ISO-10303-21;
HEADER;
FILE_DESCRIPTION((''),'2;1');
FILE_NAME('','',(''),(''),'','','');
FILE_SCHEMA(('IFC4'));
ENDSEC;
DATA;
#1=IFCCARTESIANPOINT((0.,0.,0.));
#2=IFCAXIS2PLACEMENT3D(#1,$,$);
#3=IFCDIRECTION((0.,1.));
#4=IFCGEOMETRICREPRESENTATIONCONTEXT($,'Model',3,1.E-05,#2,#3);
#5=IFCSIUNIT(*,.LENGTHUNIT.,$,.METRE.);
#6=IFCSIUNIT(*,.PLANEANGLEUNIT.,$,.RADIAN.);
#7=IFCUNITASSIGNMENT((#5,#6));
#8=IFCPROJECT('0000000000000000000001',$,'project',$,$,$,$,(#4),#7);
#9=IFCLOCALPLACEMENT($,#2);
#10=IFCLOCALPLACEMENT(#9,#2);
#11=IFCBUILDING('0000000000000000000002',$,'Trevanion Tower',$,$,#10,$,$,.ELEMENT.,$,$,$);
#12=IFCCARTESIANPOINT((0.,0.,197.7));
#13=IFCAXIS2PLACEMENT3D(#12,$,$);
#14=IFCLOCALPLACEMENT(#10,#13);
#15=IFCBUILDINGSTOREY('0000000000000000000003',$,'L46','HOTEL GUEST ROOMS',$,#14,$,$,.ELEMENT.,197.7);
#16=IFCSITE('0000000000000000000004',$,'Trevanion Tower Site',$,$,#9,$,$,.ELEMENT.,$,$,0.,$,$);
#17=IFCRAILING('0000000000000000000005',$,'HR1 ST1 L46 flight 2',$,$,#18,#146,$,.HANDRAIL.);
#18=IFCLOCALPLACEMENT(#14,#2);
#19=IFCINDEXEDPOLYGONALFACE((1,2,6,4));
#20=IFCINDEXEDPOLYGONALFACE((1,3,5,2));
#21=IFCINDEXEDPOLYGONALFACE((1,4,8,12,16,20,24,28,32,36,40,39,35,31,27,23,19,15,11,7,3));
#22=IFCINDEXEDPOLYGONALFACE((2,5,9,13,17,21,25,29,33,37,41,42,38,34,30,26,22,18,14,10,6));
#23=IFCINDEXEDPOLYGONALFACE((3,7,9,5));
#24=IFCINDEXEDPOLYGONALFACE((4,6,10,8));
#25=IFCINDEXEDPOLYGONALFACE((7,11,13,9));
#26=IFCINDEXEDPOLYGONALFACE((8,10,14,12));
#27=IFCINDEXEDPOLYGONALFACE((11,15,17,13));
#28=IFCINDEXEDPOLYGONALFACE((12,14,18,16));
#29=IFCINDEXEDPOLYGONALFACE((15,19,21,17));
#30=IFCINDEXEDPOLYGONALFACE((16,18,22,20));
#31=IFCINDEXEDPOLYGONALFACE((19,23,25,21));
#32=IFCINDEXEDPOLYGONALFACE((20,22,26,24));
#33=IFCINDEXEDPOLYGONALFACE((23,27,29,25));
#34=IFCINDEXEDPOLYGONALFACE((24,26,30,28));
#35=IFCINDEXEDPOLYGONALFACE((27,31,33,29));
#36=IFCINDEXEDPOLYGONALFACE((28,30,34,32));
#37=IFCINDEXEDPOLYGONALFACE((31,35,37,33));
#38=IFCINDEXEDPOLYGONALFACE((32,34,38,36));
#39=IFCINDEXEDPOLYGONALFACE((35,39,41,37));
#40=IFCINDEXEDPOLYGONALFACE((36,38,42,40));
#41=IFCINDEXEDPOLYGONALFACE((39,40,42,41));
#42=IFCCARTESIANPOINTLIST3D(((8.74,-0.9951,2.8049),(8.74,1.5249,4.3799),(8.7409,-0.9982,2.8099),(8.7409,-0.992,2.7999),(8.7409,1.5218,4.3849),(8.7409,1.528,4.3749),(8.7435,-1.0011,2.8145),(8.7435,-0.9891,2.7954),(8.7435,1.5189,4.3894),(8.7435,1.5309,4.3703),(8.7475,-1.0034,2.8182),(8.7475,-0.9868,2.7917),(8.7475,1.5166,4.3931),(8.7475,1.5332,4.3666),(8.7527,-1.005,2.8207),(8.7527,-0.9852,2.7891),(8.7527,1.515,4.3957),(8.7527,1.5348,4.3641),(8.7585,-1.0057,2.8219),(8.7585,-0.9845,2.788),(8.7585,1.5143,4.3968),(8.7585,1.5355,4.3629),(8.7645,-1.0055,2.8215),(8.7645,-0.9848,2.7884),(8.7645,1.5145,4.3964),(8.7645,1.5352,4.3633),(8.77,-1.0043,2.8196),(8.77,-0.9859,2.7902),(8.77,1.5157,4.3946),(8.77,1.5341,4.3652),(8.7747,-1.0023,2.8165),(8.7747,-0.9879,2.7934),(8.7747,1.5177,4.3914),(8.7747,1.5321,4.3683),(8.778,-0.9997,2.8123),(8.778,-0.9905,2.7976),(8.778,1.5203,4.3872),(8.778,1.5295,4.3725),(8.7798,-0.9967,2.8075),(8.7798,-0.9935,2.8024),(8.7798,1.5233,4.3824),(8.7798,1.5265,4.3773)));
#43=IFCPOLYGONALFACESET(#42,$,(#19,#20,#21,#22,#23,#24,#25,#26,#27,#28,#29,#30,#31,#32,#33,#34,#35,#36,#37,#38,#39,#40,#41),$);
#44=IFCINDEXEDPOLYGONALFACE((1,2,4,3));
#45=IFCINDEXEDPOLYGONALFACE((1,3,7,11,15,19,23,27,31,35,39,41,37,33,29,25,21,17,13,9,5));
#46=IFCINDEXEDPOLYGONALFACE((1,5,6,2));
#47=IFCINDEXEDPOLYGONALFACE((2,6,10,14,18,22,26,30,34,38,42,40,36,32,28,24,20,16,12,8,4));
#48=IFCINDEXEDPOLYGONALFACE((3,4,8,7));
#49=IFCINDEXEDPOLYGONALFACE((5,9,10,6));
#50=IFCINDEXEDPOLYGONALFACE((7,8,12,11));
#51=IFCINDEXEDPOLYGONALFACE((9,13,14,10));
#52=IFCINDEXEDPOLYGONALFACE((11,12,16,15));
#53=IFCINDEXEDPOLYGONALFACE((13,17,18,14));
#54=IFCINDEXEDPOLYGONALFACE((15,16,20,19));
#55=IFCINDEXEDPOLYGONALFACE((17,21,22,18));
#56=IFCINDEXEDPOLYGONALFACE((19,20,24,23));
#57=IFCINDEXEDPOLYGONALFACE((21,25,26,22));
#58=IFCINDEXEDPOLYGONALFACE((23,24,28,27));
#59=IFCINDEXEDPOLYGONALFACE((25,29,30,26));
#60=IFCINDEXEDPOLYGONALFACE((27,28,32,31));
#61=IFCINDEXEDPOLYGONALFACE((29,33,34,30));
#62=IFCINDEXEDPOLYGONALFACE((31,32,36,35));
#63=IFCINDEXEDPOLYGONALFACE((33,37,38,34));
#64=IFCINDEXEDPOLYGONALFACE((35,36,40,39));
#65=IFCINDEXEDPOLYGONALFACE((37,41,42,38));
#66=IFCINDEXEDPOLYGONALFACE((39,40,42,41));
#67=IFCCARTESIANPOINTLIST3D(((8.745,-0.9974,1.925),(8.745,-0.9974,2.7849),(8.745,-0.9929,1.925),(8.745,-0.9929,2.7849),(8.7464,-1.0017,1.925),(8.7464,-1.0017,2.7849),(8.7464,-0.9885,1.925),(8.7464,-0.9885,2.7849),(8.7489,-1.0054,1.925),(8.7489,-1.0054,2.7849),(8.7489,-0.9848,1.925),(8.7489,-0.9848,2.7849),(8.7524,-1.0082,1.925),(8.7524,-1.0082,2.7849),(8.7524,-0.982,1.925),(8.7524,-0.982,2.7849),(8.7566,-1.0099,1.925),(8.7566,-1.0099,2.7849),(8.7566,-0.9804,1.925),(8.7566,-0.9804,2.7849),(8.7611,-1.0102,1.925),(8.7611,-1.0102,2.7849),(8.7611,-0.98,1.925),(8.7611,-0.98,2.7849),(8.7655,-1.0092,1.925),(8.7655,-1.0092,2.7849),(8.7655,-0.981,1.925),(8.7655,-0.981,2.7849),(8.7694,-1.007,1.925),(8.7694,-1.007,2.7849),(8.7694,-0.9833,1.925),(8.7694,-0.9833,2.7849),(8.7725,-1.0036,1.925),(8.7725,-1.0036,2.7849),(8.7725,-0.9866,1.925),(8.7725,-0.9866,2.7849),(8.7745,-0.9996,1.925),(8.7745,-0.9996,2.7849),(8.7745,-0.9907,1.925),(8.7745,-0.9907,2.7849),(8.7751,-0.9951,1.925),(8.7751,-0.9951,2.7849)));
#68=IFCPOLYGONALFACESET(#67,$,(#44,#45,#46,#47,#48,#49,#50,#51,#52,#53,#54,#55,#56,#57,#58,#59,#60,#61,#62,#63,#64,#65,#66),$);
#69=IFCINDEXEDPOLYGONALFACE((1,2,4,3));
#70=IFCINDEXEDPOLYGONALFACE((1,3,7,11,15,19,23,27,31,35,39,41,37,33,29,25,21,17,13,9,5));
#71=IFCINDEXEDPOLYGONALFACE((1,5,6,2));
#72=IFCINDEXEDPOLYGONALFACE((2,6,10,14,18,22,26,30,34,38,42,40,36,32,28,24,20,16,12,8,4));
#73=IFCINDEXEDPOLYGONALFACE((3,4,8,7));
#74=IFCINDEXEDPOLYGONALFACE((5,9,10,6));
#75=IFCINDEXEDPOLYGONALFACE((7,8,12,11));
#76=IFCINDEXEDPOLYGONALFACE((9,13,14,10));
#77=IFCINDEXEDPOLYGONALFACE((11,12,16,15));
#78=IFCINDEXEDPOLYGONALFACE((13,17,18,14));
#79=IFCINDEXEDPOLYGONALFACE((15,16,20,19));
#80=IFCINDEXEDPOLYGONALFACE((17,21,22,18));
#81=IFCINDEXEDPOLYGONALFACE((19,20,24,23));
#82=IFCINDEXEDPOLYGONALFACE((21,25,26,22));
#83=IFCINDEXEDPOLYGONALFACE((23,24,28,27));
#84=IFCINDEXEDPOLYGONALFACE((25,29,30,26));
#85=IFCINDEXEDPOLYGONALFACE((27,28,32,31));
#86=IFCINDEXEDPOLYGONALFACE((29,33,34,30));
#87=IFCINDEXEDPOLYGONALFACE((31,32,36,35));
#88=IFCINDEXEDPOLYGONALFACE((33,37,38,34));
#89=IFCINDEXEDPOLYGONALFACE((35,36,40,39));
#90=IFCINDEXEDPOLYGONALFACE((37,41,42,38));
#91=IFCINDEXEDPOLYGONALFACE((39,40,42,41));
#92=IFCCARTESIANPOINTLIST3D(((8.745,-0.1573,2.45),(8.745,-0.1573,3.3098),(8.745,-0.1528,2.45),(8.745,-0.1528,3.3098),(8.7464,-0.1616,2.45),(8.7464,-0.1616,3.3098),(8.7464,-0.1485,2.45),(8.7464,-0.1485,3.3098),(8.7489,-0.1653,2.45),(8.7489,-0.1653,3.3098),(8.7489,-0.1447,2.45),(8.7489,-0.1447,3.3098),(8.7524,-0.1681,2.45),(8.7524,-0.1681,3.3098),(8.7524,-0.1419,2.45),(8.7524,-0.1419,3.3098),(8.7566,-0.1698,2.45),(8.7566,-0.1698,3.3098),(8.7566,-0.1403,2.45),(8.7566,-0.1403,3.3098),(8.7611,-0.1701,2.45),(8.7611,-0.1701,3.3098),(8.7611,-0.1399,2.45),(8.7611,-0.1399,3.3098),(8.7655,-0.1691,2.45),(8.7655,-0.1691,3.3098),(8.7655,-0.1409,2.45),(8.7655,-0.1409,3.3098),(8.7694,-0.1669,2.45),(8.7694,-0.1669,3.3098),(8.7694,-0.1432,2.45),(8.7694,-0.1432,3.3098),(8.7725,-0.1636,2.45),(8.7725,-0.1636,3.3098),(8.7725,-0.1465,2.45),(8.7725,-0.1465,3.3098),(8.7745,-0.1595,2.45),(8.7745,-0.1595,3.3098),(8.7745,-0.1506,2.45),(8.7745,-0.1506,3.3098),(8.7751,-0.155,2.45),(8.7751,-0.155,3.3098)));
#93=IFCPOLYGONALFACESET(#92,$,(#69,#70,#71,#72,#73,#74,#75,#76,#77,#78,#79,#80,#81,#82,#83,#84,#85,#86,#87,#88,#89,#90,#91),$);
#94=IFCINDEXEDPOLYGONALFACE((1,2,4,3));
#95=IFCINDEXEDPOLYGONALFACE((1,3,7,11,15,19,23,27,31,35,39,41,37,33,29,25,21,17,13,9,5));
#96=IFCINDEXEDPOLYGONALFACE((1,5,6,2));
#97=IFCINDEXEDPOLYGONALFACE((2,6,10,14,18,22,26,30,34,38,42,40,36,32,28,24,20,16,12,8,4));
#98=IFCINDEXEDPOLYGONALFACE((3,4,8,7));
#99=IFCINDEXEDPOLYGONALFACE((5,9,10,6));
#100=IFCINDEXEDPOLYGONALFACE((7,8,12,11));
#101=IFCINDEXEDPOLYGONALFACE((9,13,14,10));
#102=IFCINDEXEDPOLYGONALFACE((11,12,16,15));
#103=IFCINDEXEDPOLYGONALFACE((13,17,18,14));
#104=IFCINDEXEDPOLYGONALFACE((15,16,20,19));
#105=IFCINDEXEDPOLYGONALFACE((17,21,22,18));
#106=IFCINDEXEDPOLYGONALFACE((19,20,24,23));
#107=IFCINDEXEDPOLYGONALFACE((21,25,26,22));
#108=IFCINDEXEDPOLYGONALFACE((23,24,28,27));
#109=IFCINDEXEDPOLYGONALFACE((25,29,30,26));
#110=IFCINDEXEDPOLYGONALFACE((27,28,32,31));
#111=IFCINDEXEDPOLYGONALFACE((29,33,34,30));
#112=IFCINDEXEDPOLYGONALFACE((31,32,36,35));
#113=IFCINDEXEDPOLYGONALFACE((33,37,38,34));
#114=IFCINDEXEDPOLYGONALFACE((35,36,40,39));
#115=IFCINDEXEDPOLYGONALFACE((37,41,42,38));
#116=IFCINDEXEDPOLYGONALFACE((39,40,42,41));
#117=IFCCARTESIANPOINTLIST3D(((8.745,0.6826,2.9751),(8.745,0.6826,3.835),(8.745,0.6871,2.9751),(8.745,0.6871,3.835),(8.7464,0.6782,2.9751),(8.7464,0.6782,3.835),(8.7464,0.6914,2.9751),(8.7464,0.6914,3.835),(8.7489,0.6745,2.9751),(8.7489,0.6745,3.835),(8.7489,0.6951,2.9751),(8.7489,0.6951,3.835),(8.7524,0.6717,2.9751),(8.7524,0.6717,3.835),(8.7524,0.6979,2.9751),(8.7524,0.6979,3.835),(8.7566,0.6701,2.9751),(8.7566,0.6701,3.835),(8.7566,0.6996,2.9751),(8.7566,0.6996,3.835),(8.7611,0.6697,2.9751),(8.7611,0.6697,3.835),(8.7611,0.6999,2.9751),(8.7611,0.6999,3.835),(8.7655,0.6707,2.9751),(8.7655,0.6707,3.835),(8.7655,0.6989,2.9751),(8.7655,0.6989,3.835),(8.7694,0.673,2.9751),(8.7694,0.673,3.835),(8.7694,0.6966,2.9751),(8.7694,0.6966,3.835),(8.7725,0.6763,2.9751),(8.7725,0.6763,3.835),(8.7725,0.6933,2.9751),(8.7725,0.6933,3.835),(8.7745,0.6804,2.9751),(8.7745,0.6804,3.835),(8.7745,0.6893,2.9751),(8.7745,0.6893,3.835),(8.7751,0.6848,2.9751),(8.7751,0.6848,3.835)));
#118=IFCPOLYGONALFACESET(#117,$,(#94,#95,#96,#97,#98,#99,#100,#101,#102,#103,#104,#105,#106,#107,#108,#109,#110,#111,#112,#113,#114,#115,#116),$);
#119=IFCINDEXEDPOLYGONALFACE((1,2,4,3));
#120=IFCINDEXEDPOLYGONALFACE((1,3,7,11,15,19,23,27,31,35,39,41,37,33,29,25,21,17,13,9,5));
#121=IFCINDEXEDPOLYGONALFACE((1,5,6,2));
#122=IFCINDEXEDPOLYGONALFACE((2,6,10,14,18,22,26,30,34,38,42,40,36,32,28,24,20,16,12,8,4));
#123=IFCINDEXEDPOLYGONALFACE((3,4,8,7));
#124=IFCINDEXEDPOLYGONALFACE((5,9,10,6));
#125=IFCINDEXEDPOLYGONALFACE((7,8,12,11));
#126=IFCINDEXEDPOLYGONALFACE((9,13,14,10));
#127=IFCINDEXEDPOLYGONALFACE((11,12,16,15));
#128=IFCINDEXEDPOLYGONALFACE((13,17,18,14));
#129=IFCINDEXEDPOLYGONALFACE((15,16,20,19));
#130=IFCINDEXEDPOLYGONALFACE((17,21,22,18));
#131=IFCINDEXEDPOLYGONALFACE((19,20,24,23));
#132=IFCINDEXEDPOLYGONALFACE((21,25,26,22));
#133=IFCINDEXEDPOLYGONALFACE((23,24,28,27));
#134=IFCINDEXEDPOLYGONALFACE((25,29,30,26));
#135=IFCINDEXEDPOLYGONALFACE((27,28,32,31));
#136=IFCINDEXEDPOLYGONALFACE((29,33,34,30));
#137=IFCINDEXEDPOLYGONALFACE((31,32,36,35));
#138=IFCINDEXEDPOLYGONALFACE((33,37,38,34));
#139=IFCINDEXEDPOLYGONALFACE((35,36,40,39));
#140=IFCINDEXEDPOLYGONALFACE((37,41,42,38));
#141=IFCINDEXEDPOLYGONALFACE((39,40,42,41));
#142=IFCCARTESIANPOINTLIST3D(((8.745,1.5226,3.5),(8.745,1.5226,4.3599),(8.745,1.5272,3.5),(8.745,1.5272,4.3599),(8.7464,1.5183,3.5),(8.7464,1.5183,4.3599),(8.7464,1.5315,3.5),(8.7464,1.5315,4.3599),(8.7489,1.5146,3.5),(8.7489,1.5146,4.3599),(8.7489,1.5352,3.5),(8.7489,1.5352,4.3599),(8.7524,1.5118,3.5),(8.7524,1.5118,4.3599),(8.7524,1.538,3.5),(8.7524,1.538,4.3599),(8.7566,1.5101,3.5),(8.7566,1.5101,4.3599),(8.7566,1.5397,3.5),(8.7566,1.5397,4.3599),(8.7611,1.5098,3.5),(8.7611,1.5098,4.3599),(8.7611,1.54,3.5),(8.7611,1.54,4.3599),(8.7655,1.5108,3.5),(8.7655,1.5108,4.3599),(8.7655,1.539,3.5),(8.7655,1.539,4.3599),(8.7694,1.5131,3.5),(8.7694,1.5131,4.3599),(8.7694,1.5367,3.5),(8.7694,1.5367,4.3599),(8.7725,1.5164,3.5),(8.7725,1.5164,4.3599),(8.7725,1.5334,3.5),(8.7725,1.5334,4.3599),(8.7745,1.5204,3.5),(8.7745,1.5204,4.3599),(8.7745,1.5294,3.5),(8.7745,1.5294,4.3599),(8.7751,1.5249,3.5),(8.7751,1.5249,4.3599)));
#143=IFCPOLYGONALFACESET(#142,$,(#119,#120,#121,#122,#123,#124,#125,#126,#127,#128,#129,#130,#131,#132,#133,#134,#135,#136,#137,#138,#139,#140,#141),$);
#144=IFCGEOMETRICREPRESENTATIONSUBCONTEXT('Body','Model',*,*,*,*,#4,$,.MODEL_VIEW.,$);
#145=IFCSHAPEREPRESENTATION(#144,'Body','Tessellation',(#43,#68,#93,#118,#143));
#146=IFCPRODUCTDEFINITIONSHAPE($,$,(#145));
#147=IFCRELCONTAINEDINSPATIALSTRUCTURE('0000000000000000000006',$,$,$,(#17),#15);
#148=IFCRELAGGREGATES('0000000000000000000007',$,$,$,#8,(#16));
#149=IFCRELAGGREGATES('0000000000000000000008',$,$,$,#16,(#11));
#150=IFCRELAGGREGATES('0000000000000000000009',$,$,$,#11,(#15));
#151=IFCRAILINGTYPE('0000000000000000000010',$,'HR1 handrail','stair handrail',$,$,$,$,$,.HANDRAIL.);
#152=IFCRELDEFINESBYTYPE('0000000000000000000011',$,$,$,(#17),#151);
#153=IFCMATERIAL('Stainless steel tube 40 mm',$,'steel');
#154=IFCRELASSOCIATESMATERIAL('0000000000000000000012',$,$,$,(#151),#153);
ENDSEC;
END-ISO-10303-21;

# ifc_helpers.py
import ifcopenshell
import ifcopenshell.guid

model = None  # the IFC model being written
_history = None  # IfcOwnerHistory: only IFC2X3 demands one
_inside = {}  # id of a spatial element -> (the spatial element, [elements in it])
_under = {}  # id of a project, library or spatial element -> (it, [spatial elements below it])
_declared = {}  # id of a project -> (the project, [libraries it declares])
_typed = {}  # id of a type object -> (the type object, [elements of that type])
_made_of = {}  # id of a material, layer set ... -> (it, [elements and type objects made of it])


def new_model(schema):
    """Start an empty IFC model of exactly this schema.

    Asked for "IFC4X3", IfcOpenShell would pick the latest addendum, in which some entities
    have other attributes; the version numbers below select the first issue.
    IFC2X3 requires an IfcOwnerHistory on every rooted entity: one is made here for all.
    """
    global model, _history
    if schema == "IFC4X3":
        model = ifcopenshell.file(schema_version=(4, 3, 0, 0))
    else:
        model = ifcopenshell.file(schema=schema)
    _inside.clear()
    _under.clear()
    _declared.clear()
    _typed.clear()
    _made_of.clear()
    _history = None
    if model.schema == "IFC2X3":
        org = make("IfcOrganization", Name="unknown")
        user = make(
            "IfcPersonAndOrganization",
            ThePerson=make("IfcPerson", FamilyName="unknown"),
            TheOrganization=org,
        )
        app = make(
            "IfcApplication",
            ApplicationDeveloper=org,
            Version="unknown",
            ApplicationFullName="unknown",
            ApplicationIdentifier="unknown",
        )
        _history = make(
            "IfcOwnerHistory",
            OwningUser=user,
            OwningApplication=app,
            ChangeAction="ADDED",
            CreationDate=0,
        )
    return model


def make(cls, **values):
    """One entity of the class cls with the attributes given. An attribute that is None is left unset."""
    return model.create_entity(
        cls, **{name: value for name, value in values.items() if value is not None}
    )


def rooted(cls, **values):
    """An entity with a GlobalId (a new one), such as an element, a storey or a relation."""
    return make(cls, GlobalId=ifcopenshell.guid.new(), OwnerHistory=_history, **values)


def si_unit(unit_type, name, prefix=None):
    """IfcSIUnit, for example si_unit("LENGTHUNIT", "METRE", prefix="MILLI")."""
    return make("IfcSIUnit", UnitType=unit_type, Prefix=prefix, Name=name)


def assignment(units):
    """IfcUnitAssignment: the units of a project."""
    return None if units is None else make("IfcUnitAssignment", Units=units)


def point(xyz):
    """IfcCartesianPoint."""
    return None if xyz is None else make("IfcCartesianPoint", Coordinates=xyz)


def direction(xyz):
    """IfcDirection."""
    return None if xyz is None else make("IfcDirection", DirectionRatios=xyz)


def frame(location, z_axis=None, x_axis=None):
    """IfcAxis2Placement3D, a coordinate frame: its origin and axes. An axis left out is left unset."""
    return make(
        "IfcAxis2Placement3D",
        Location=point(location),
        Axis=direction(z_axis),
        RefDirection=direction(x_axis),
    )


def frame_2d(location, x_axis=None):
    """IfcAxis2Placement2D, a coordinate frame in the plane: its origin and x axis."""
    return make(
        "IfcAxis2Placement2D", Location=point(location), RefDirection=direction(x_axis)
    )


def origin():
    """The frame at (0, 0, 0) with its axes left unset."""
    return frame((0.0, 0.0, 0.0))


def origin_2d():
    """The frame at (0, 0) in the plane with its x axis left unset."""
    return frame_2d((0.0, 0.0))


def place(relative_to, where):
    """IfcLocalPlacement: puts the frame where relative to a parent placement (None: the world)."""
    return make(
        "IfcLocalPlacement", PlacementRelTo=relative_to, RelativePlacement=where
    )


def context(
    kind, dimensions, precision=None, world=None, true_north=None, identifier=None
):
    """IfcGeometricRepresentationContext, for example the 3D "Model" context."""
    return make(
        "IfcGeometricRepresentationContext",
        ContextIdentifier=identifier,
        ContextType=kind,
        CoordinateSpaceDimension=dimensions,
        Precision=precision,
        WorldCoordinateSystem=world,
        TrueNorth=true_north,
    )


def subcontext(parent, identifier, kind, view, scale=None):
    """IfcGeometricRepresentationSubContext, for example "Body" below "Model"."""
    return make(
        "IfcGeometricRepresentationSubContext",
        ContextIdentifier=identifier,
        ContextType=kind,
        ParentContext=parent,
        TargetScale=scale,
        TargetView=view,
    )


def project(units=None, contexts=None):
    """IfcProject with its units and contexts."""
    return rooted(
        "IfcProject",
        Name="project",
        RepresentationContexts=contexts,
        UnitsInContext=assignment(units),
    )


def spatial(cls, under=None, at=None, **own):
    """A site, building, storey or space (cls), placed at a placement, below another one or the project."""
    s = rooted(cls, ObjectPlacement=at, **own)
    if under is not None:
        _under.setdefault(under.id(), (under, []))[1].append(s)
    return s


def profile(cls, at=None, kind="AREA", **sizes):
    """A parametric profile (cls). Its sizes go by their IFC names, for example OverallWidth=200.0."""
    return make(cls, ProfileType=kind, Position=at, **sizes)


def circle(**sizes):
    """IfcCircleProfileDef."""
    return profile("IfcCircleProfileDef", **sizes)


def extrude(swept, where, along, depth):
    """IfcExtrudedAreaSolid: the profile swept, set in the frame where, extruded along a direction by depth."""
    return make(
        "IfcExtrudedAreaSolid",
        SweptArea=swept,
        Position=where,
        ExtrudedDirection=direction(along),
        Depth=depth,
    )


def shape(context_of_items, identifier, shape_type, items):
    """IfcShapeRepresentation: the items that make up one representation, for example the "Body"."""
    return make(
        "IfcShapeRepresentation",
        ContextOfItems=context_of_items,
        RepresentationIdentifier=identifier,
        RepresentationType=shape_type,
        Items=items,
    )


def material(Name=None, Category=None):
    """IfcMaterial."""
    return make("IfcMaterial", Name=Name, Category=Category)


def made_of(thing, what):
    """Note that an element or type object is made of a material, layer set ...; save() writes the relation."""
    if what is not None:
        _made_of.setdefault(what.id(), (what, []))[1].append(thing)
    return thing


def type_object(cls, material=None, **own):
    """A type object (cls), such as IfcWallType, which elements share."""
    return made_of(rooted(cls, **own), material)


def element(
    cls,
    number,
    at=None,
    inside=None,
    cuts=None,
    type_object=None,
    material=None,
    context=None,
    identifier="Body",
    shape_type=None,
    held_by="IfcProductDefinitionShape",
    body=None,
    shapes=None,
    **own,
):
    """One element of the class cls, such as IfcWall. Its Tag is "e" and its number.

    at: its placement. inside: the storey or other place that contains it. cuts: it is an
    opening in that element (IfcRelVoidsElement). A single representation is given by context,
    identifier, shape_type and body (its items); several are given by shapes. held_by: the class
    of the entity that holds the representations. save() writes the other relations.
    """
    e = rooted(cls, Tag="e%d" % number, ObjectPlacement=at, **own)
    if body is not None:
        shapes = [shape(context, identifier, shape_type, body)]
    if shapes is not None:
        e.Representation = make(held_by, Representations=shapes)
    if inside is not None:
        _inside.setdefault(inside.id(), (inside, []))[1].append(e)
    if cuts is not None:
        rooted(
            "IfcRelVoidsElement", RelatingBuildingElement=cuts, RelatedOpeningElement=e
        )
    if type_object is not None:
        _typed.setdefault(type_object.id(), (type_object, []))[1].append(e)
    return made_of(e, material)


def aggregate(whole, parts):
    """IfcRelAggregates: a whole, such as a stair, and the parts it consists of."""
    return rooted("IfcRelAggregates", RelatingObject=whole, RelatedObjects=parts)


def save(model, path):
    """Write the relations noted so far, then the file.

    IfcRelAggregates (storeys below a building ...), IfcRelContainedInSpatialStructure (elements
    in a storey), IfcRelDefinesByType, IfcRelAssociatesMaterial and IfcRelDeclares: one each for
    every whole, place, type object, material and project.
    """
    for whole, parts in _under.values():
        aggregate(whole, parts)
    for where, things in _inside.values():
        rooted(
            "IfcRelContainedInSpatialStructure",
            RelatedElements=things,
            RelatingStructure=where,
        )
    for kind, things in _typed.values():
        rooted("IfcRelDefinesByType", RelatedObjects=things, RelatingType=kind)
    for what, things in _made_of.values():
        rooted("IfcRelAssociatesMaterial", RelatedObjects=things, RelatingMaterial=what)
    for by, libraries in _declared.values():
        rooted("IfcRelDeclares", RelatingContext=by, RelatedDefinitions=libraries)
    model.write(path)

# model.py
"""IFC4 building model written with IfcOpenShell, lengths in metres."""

from ifc_helpers import new_model, si_unit, direction, frame, origin, origin_2d, place, context, subcontext, project, spatial, circle, extrude, material, type_object, element, save


model = new_model("IFC4")

# Units and contexts
model_context = context("Model", 3, precision=1e-05, world=origin(), true_north=direction((0.0, 1.0)))
body_context = subcontext(model_context, "Body", "Model", "MODEL_VIEW")
ifc_project = project(units=[si_unit("LENGTHUNIT", "METRE"), si_unit("PLANEANGLEUNIT", "RADIAN")], contexts=[model_context])

# Site, building, storey
site_placement = place(None, origin())
site = spatial("IfcSite", under=ifc_project, at=site_placement, Name="Trevanion Tower Site", CompositionType="ELEMENT", RefElevation=0.0)
building_placement = place(site_placement, origin())
building = spatial("IfcBuilding", under=site, at=building_placement, Name="Trevanion Tower", CompositionType="ELEMENT")
storey_placement = place(building_placement, frame((0.0, 0.0, 197.7)))
storey = spatial("IfcBuildingStorey", under=building, at=storey_placement, Name="L46", Description="HOTEL GUEST ROOMS", CompositionType="ELEMENT", Elevation=197.7)

# Railing
ifc_material_1 = material(Name="Stainless steel tube 40 mm", Category="steel")
railing_type = type_object("IfcRailingType", Name="HR1 handrail", Description="stair handrail", PredefinedType="HANDRAIL", material=ifc_material_1)
railing_placement = place(storey_placement, frame((8.76, -0.9951, 1.925)))
element("IfcRailing", 1, at=railing_placement, inside=storey, type_object=railing_type, Name="HR1 ST1 L46 flight 2", PredefinedType="HANDRAIL", context=body_context, shape_type="SweptSolid", body=[
    extrude(circle(Radius=0.02, at=origin_2d()), frame((0.0, 0.0, 0.8799), z_axis=(0.0, 0.848008, 0.529984), x_axis=(-1.0, 0.0, 0.0)), (0.0, 0.0, 1.0), 2.9717),
    extrude(circle(Radius=0.0151, at=origin_2d()), origin(), (0.0, 0.0, 1.0), 0.8599),
    extrude(circle(Radius=0.0151, at=origin_2d()), frame((0.0, 0.8401, 0.5249)), (0.0, 0.0, 1.0), 0.8599),
    extrude(circle(Radius=0.0151, at=origin_2d()), frame((0.0, 1.6799, 1.05)), (0.0, 0.0, 1.0), 0.8599),
    extrude(circle(Radius=0.0151, at=origin_2d()), frame((0.0, 2.52, 1.575)), (0.0, 0.0, 1.0), 0.8599),
])

save(model, "model.ifc")
